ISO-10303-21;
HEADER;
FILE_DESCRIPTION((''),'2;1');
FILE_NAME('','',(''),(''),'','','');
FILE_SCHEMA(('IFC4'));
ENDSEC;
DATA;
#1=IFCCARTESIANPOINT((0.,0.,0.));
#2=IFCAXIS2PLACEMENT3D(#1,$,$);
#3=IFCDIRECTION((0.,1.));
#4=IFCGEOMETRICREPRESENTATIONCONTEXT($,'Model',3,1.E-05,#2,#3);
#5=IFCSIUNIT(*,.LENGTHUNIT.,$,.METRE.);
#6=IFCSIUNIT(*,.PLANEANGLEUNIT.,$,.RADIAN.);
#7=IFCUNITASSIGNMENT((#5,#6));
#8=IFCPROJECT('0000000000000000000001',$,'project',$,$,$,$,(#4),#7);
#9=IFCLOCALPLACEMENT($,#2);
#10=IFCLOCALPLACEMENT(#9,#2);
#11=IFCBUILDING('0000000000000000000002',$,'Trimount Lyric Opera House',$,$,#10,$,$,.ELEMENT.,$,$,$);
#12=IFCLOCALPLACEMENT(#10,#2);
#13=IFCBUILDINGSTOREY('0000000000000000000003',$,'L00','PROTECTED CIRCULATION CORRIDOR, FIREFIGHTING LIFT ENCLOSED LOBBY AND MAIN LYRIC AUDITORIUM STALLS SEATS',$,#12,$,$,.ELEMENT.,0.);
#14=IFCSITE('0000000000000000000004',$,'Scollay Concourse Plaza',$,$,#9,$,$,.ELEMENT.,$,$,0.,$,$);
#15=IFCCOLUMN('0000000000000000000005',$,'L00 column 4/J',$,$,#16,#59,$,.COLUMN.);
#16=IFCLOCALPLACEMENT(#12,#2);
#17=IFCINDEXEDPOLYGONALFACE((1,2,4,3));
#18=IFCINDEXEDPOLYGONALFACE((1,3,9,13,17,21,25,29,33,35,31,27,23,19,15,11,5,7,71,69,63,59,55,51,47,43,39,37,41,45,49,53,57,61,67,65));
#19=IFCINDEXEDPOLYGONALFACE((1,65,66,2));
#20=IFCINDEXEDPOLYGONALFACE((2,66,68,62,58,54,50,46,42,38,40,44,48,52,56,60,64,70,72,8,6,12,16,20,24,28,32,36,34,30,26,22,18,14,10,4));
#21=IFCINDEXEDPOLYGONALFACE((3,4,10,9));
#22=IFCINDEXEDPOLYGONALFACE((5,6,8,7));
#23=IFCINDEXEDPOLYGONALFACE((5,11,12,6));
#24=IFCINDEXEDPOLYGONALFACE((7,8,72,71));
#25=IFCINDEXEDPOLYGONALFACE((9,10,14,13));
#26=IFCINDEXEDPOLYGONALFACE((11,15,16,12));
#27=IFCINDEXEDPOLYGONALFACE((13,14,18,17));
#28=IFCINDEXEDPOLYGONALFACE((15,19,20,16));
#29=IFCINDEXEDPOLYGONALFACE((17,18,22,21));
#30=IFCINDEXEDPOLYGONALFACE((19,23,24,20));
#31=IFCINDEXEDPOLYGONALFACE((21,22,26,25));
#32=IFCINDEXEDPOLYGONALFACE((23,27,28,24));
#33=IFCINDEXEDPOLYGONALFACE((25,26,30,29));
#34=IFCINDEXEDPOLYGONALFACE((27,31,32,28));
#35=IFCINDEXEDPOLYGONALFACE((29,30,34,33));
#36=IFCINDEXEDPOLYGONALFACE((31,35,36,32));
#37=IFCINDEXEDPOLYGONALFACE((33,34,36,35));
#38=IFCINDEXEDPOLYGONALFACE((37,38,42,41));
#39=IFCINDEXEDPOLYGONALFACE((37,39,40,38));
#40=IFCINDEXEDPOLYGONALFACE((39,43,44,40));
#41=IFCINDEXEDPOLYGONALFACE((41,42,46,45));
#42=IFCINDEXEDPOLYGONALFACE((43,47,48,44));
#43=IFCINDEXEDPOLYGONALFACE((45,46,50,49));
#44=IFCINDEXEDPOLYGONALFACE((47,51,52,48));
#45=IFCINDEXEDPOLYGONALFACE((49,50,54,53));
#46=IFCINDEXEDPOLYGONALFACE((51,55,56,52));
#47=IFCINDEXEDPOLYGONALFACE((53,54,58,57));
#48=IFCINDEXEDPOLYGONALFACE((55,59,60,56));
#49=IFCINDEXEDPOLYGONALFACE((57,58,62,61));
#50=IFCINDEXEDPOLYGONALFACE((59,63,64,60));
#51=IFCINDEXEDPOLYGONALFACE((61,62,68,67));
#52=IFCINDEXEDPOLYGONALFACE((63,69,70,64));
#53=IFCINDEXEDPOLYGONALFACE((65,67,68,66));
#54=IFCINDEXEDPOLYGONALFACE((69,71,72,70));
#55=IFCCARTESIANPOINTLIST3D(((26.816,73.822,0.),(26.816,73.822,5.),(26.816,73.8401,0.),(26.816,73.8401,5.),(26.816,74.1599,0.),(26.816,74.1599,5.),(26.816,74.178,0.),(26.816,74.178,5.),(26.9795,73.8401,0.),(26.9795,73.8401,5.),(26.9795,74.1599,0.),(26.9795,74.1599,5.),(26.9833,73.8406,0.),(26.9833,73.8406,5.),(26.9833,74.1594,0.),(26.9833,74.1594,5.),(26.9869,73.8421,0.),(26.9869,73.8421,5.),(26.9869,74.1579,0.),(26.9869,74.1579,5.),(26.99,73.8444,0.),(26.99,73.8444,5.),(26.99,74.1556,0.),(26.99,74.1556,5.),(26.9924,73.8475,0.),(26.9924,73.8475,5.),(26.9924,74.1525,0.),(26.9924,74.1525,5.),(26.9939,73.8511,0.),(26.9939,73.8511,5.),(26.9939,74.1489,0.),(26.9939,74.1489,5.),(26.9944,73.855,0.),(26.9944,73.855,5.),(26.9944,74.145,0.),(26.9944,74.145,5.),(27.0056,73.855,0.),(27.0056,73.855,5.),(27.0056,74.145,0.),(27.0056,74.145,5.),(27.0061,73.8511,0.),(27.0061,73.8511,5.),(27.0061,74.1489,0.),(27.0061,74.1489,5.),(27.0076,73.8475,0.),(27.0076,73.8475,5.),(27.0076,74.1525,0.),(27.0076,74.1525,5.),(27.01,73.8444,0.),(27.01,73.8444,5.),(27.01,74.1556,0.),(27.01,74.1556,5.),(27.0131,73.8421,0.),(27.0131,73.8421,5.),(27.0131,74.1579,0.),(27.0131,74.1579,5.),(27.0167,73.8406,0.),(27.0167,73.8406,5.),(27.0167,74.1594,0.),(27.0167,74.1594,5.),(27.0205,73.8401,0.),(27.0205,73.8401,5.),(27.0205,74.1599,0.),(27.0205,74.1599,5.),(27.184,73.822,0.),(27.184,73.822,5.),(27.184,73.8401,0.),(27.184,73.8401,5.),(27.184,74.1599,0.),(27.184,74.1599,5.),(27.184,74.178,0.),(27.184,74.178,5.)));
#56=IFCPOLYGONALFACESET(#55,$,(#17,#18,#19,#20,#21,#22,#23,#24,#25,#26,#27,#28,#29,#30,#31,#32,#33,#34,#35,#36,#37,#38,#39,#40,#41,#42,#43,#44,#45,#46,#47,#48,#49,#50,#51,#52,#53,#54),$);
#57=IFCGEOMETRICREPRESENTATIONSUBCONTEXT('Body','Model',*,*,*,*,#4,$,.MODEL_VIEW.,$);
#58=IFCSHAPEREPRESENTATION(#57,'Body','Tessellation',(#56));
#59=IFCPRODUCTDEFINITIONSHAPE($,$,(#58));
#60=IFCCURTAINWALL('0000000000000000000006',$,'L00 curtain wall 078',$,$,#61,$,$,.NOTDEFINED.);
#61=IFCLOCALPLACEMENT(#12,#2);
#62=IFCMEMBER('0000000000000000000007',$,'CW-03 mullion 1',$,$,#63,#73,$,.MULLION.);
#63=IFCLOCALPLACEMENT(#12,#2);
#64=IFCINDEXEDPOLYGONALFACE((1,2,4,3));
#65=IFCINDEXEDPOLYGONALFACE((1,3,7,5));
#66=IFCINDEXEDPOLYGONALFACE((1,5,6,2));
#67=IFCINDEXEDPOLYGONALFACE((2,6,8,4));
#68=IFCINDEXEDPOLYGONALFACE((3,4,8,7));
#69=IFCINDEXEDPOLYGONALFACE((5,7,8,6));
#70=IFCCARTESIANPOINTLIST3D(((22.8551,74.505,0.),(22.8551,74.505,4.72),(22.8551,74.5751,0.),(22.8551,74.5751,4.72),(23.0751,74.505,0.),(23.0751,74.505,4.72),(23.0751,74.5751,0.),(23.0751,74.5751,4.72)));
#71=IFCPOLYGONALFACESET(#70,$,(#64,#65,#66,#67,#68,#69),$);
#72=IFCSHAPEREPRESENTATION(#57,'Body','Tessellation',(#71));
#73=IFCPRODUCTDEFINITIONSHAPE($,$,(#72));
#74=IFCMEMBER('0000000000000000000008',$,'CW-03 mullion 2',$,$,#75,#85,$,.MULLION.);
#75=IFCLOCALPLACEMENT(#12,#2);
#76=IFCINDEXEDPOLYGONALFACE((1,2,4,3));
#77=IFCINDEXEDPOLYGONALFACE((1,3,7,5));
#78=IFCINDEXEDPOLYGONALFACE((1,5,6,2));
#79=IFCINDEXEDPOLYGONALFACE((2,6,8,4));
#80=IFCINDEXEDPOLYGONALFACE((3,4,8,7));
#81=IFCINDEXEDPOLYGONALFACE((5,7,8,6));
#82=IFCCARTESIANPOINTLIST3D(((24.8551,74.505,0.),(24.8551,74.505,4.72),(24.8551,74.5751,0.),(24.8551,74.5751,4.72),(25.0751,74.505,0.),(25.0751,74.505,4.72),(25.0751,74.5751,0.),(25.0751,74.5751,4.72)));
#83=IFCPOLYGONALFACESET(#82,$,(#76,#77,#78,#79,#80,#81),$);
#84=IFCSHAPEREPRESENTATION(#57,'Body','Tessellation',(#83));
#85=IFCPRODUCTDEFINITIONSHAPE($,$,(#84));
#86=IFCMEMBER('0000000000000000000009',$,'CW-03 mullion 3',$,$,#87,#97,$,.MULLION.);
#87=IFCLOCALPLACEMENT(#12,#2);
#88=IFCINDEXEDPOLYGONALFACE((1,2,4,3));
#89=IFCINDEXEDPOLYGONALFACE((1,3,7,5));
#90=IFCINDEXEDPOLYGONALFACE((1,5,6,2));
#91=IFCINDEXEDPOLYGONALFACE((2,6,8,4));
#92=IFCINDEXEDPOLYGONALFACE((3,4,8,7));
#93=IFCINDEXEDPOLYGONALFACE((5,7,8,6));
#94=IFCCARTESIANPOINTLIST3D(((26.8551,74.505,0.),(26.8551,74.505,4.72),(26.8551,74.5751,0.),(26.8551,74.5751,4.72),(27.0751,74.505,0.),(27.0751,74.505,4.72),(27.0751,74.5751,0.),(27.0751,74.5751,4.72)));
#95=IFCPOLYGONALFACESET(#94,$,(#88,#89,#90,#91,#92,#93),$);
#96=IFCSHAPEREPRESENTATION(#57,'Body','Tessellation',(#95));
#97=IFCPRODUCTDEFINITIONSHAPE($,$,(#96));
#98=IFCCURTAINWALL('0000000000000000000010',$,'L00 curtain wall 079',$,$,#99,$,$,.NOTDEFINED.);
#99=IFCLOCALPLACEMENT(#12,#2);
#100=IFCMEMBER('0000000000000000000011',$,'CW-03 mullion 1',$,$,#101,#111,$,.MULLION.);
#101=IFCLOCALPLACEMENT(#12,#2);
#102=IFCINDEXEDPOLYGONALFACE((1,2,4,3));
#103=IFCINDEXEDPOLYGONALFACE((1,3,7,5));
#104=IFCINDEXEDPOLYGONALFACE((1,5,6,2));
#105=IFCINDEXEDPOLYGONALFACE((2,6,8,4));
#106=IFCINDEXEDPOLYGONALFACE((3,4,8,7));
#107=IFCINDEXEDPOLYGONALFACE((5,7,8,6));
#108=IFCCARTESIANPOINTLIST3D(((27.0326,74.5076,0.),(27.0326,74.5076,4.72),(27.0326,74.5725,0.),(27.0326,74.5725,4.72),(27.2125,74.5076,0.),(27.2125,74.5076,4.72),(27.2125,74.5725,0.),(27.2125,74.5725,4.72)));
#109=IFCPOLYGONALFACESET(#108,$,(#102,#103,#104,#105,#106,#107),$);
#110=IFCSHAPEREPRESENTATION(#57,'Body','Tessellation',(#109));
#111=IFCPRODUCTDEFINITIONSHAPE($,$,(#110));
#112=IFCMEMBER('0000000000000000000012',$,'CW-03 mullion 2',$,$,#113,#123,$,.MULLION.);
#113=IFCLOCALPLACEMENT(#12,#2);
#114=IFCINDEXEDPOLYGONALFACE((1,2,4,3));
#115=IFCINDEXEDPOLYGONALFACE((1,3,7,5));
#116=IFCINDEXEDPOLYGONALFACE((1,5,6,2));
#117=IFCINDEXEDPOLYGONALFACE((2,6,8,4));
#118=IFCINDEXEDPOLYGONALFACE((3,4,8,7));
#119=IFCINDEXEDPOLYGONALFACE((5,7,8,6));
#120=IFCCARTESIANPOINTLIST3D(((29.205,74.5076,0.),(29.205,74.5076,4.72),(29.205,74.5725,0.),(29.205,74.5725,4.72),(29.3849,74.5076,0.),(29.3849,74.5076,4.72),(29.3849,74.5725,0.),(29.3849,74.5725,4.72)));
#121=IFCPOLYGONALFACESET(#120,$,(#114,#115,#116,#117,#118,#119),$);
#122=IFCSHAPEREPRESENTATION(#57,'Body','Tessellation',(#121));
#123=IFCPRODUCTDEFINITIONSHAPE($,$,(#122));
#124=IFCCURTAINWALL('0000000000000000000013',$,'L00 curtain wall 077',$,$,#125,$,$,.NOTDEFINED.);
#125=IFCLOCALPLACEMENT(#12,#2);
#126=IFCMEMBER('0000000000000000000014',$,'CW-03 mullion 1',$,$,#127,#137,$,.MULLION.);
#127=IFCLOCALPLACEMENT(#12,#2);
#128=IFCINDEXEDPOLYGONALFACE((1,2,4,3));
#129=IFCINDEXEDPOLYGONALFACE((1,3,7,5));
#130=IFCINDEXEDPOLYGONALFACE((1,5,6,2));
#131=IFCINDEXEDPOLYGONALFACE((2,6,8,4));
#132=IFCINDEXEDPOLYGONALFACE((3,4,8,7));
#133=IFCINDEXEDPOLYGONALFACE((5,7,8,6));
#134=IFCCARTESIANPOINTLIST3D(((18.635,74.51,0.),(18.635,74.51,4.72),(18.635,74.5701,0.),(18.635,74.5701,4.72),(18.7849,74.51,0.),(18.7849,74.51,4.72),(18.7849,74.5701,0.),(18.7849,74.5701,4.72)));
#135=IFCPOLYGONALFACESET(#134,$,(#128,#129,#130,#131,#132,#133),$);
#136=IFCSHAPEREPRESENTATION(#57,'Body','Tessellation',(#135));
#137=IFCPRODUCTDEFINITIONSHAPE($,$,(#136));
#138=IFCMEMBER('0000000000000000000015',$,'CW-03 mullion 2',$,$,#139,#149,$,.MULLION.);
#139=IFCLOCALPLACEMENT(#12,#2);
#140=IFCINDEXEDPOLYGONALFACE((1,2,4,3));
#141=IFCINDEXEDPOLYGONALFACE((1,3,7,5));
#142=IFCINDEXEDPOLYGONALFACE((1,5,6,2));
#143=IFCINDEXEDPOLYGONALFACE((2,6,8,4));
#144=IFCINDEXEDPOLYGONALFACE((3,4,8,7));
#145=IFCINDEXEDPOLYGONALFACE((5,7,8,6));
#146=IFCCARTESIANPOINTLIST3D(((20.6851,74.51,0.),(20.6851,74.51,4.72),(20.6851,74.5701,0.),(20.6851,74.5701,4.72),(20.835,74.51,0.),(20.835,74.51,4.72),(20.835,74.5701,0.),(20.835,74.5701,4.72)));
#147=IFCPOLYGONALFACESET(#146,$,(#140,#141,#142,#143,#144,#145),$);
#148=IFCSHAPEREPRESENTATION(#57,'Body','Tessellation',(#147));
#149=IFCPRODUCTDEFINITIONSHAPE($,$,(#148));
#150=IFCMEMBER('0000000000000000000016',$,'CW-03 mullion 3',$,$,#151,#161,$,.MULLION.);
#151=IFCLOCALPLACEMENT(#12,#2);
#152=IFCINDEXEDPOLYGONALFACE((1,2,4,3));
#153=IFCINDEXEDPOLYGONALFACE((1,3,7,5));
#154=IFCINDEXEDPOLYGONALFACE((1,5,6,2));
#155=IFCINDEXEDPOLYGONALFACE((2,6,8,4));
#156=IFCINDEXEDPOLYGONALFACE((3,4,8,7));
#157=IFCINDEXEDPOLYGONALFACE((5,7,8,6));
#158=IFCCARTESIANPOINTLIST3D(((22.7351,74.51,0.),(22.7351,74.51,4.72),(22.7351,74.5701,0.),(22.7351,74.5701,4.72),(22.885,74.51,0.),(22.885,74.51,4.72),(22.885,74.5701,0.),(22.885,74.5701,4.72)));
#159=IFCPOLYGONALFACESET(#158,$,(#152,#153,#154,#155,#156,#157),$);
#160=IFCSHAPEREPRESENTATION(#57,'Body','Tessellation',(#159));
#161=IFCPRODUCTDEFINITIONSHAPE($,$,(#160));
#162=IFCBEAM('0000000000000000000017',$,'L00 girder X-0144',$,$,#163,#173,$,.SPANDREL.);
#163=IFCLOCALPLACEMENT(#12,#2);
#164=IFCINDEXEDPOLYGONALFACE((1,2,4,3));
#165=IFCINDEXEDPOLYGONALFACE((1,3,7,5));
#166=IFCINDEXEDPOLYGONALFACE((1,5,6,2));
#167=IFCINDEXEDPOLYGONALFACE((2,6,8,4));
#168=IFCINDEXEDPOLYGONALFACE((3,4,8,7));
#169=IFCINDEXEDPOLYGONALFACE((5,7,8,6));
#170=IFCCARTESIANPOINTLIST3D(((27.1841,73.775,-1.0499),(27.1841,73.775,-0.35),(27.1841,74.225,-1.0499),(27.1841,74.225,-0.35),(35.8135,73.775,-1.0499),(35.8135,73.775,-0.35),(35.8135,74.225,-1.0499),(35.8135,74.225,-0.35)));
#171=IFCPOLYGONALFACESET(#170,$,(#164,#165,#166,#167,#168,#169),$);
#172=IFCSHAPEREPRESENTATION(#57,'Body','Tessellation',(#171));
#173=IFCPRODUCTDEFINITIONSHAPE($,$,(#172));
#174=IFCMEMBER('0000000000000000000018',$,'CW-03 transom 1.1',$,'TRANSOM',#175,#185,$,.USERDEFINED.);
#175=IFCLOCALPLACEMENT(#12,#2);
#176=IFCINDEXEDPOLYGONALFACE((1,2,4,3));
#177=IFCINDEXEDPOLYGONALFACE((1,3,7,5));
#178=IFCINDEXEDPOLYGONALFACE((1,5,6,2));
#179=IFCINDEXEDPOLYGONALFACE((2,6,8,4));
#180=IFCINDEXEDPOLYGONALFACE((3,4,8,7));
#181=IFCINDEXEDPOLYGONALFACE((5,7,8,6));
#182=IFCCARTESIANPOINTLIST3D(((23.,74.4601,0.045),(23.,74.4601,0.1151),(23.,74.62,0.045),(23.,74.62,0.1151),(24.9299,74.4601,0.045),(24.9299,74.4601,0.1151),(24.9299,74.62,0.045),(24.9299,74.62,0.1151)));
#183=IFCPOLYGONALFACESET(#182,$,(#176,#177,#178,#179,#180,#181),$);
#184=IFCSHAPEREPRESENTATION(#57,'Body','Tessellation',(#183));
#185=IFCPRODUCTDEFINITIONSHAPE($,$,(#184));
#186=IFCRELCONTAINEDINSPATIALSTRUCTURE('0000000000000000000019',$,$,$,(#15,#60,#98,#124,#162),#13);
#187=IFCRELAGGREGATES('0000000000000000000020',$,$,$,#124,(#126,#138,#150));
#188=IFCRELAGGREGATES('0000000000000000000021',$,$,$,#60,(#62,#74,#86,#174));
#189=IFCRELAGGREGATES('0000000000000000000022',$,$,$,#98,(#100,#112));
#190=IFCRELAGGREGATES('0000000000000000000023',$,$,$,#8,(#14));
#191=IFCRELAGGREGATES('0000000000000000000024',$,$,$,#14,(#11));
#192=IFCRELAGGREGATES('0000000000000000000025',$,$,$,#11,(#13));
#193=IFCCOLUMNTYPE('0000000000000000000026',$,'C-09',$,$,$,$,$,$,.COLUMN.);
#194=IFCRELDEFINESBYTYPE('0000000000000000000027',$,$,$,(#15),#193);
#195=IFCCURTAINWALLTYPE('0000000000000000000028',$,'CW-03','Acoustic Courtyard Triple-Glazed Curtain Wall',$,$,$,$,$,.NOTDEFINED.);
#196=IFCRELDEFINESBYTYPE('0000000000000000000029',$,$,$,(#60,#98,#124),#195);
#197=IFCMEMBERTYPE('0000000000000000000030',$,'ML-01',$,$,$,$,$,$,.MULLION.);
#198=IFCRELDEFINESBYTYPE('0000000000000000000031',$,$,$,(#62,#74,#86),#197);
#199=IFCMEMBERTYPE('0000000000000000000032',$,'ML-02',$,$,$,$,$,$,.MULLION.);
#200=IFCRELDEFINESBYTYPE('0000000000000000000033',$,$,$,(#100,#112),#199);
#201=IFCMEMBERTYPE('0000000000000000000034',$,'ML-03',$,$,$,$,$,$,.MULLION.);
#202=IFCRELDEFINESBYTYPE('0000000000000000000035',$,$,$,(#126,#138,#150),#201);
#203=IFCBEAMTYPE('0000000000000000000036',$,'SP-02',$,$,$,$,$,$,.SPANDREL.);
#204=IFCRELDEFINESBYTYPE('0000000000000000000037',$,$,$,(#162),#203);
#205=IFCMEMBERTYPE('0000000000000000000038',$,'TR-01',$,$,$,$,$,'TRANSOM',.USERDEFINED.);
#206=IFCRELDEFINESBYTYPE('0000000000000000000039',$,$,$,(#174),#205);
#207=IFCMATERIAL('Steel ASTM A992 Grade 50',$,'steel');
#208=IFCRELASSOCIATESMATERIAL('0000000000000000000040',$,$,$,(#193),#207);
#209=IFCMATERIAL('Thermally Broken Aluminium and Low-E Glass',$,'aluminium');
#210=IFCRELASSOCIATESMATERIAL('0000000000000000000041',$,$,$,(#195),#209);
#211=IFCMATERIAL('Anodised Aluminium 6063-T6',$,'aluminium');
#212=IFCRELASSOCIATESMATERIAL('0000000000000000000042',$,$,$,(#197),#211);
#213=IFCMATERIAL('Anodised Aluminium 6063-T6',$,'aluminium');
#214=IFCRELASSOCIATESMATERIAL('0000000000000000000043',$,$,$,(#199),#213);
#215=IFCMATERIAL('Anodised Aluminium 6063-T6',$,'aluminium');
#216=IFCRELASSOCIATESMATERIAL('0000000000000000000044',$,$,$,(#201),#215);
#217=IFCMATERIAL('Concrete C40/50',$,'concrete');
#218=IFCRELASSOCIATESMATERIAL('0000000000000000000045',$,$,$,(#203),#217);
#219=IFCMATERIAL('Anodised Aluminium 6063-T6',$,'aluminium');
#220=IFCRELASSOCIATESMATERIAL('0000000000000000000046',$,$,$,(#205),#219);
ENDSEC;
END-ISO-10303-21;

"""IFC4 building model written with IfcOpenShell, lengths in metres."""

from ifc_helpers import new_model, si_unit, direction, frame, origin, origin_2d, place, context, subcontext, project, spatial, rectangle, i_section, extrude, material, material_profile, profile_set, type_object, element, aggregate, save


model = new_model("IFC4")

# Units and contexts
model_context = context("Model", 3, precision=1e-05, world=origin(), true_north=direction((0.0, 1.0)))
body_context = subcontext(model_context, "Body", "Model", "MODEL_VIEW")
ifc_project = project(units=[si_unit("LENGTHUNIT", "METRE"), si_unit("PLANEANGLEUNIT", "RADIAN")], contexts=[model_context])

# Site, building, storey
site_placement = place(None, origin())
site = spatial("IfcSite", under=ifc_project, at=site_placement, Name="Scollay Concourse Plaza", CompositionType="ELEMENT", RefElevation=0.0)
building_placement = place(site_placement, origin())
building = spatial("IfcBuilding", under=site, at=building_placement, Name="Trimount Lyric Opera House", CompositionType="ELEMENT")
storey_placement = place(building_placement, origin())
storey = spatial("IfcBuildingStorey", under=building, at=storey_placement, Name="L00", Description="PROTECTED CIRCULATION CORRIDOR, FIREFIGHTING LIFT ENCLOSED LOBBY AND MAIN LYRIC AUDITORIUM STALLS SEATS", CompositionType="ELEMENT", Elevation=0.0)

# Column
ifc_material_1 = material(Name="Steel ASTM A992 Grade 50", Category="steel")
ifc_material_profile_1 = material_profile(ifc_material_1, i_section(OverallWidth=0.3679, OverallDepth=0.356, WebThickness=0.0112, FlangeThickness=0.0181, FilletRadius=0.0149, at=origin_2d()), Name="W14X90")
ifc_profile_set_1 = profile_set([ifc_material_profile_1], Name="Steel ASTM A992 Grade 50")
column_type = type_object("IfcColumnType", Name="C-09", PredefinedType="COLUMN", material=ifc_profile_set_1)
column_placement = place(storey_placement, frame((27.0, 74.0, 0.0), z_axis=(0.0, 0.0, 1.0), x_axis=(1.0, 0.0, 0.0)))
element("IfcColumn", 1, at=column_placement, inside=storey, type_object=column_type, Name="L00 column 4/J", PredefinedType="COLUMN", context=body_context, shape_type="SweptSolid", body=[
    extrude(i_section(OverallWidth=0.3679, OverallDepth=0.356, WebThickness=0.0112, FlangeThickness=0.0181, FilletRadius=0.0149, at=origin_2d()), origin(), (0.0, 0.0, 1.0), 5.0),
])

# Curtain walls, members
ifc_material_2 = material(Name="Thermally Broken Aluminium and Low-E Glass", Category="aluminium")
curtain_wall_type = type_object("IfcCurtainWallType", Name="CW-03", Description="Acoustic Courtyard Triple-Glazed Curtain Wall", PredefinedType="NOTDEFINED", material=ifc_material_2)
curtain_wall_1_placement = place(storey_placement, origin())
curtain_wall_1 = element("IfcCurtainWall", 2, at=curtain_wall_1_placement, inside=storey, type_object=curtain_wall_type, Name="L00 curtain wall 078", PredefinedType="NOTDEFINED")
ifc_material_3 = material(Name="Anodised Aluminium 6063-T6", Category="aluminium")
ifc_material_profile_2 = material_profile(ifc_material_3, rectangle(XDim=0.0701, YDim=0.22, at=origin_2d()), Name="ALU-MULL-70X220")
ifc_profile_set_2 = profile_set([ifc_material_profile_2], Name="Anodised Aluminium 6063-T6")
member_type_1 = type_object("IfcMemberType", Name="ML-01", PredefinedType="MULLION", material=ifc_profile_set_2)
member_1_placement = place(storey_placement, frame((22.9651, 74.54, 0.0), z_axis=(0.0, 0.0, 1.0), x_axis=(0.0, 1.0, 0.0)))
member_1 = element("IfcMember", 3, at=member_1_placement, type_object=member_type_1, Name="CW-03 mullion 1", PredefinedType="MULLION", context=body_context, shape_type="SweptSolid", body=[
    extrude(rectangle(XDim=0.0701, YDim=0.22, at=origin_2d()), origin(), (0.0, 0.0, 1.0), 4.72),
])
member_2_placement = place(storey_placement, frame((24.9651, 74.54, 0.0), z_axis=(0.0, 0.0, 1.0), x_axis=(0.0, 1.0, 0.0)))
member_2 = element("IfcMember", 4, at=member_2_placement, type_object=member_type_1, Name="CW-03 mullion 2", PredefinedType="MULLION", context=body_context, shape_type="SweptSolid", body=[
    extrude(rectangle(XDim=0.0701, YDim=0.22, at=origin_2d()), origin(), (0.0, 0.0, 1.0), 4.72),
])
member_3_placement = place(storey_placement, frame((26.9651, 74.54, 0.0), z_axis=(0.0, 0.0, 1.0), x_axis=(0.0, 1.0, 0.0)))
member_3 = element("IfcMember", 5, at=member_3_placement, type_object=member_type_1, Name="CW-03 mullion 3", PredefinedType="MULLION", context=body_context, shape_type="SweptSolid", body=[
    extrude(rectangle(XDim=0.0701, YDim=0.22, at=origin_2d()), origin(), (0.0, 0.0, 1.0), 4.72),
])
curtain_wall_2_placement = place(storey_placement, origin())
curtain_wall_2 = element("IfcCurtainWall", 6, at=curtain_wall_2_placement, inside=storey, type_object=curtain_wall_type, Name="L00 curtain wall 079", PredefinedType="NOTDEFINED")
ifc_material_4 = material(Name="Anodised Aluminium 6063-T6", Category="aluminium")
ifc_material_profile_3 = material_profile(ifc_material_4, rectangle(XDim=0.0649, YDim=0.1799, at=origin_2d()), Name="ALU-MULL-65X180")
ifc_profile_set_3 = profile_set([ifc_material_profile_3], Name="Anodised Aluminium 6063-T6")
member_type_2 = type_object("IfcMemberType", Name="ML-02", PredefinedType="MULLION", material=ifc_profile_set_3)
member_4_placement = place(storey_placement, frame((27.1226, 74.54, 0.0), z_axis=(0.0, 0.0, 1.0), x_axis=(0.0, 1.0, 0.0)))
member_4 = element("IfcMember", 7, at=member_4_placement, type_object=member_type_2, Name="CW-03 mullion 1", PredefinedType="MULLION", context=body_context, shape_type="SweptSolid", body=[
    extrude(rectangle(XDim=0.0649, YDim=0.1799, at=origin_2d()), origin(), (0.0, 0.0, 1.0), 4.72),
])
member_5_placement = place(storey_placement, frame((29.2949, 74.54, 0.0), z_axis=(0.0, 0.0, 1.0), x_axis=(0.0, 1.0, 0.0)))
member_5 = element("IfcMember", 8, at=member_5_placement, type_object=member_type_2, Name="CW-03 mullion 2", PredefinedType="MULLION", context=body_context, shape_type="SweptSolid", body=[
    extrude(rectangle(XDim=0.0649, YDim=0.1799, at=origin_2d()), origin(), (0.0, 0.0, 1.0), 4.72),
])
curtain_wall_3_placement = place(storey_placement, origin())
curtain_wall_3 = element("IfcCurtainWall", 9, at=curtain_wall_3_placement, inside=storey, type_object=curtain_wall_type, Name="L00 curtain wall 077", PredefinedType="NOTDEFINED")
ifc_material_5 = material(Name="Anodised Aluminium 6063-T6", Category="aluminium")
ifc_material_profile_4 = material_profile(ifc_material_5, rectangle(XDim=0.0601, YDim=0.1499, at=origin_2d()), Name="ALU-MULL-60X150")
ifc_profile_set_4 = profile_set([ifc_material_profile_4], Name="Anodised Aluminium 6063-T6")
member_type_3 = type_object("IfcMemberType", Name="ML-03", PredefinedType="MULLION", material=ifc_profile_set_4)
member_6_placement = place(storey_placement, frame((18.71, 74.54, 0.0), z_axis=(0.0, 0.0, 1.0), x_axis=(0.0, 1.0, 0.0)))
member_6 = element("IfcMember", 10, at=member_6_placement, type_object=member_type_3, Name="CW-03 mullion 1", PredefinedType="MULLION", context=body_context, shape_type="SweptSolid", body=[
    extrude(rectangle(XDim=0.0601, YDim=0.1499, at=origin_2d()), origin(), (0.0, 0.0, 1.0), 4.72),
])
member_7_placement = place(storey_placement, frame((20.76, 74.54, 0.0), z_axis=(0.0, 0.0, 1.0), x_axis=(0.0, 1.0, 0.0)))
member_7 = element("IfcMember", 11, at=member_7_placement, type_object=member_type_3, Name="CW-03 mullion 2", PredefinedType="MULLION", context=body_context, shape_type="SweptSolid", body=[
    extrude(rectangle(XDim=0.0601, YDim=0.1499, at=origin_2d()), origin(), (0.0, 0.0, 1.0), 4.72),
])
member_8_placement = place(storey_placement, frame((22.8101, 74.54, 0.0), z_axis=(0.0, 0.0, 1.0), x_axis=(0.0, 1.0, 0.0)))
member_8 = element("IfcMember", 12, at=member_8_placement, type_object=member_type_3, Name="CW-03 mullion 3", PredefinedType="MULLION", context=body_context, shape_type="SweptSolid", body=[
    extrude(rectangle(XDim=0.0601, YDim=0.1499, at=origin_2d()), origin(), (0.0, 0.0, 1.0), 4.72),
])

# Beam
ifc_material_6 = material(Name="Concrete C40/50", Category="concrete")
ifc_material_profile_5 = material_profile(ifc_material_6, rectangle(XDim=0.45, YDim=0.7, at=origin_2d()), Name="RC450X700")
ifc_profile_set_5 = profile_set([ifc_material_profile_5], Name="Concrete C40/50")
beam_type = type_object("IfcBeamType", Name="SP-02", PredefinedType="SPANDREL", material=ifc_profile_set_5)
beam_placement = place(storey_placement, frame((27.1841, 74.0, -0.7), z_axis=(1.0, 0.0, 0.0), x_axis=(0.0, 1.0, 0.0)))
element("IfcBeam", 13, at=beam_placement, inside=storey, type_object=beam_type, Name="L00 girder X-0144", PredefinedType="SPANDREL", context=body_context, shape_type="SweptSolid", body=[
    extrude(rectangle(XDim=0.45, YDim=0.7, at=origin_2d()), origin(), (0.0, 0.0, 1.0), 8.6294),
])

# Member
ifc_material_7 = material(Name="Anodised Aluminium 6063-T6", Category="aluminium")
ifc_material_profile_6 = material_profile(ifc_material_7, rectangle(XDim=0.1599, YDim=0.0701, at=origin_2d()), Name="ALU-TRAN-70X160")
ifc_profile_set_6 = profile_set([ifc_material_profile_6], Name="Anodised Aluminium 6063-T6")
member_type_4 = type_object("IfcMemberType", Name="TR-01", ElementType="TRANSOM", PredefinedType="USERDEFINED", material=ifc_profile_set_6)
member_9_placement = place(storey_placement, frame((23.0, 74.54, 0.0801), z_axis=(1.0, 0.0, 0.0), x_axis=(0.0, 1.0, 0.0)))
member_9 = element("IfcMember", 14, at=member_9_placement, type_object=member_type_4, Name="CW-03 transom 1.1", ObjectType="TRANSOM", PredefinedType="USERDEFINED", context=body_context, shape_type="SweptSolid", body=[
    extrude(rectangle(XDim=0.1599, YDim=0.0701, at=origin_2d()), origin(), (0.0, 0.0, 1.0), 1.9299),
])

aggregate(curtain_wall_3, [member_6, member_7, member_8])
aggregate(curtain_wall_1, [member_1, member_2, member_3, member_9])
aggregate(curtain_wall_2, [member_4, member_5])

save(model, "model.ifc")
